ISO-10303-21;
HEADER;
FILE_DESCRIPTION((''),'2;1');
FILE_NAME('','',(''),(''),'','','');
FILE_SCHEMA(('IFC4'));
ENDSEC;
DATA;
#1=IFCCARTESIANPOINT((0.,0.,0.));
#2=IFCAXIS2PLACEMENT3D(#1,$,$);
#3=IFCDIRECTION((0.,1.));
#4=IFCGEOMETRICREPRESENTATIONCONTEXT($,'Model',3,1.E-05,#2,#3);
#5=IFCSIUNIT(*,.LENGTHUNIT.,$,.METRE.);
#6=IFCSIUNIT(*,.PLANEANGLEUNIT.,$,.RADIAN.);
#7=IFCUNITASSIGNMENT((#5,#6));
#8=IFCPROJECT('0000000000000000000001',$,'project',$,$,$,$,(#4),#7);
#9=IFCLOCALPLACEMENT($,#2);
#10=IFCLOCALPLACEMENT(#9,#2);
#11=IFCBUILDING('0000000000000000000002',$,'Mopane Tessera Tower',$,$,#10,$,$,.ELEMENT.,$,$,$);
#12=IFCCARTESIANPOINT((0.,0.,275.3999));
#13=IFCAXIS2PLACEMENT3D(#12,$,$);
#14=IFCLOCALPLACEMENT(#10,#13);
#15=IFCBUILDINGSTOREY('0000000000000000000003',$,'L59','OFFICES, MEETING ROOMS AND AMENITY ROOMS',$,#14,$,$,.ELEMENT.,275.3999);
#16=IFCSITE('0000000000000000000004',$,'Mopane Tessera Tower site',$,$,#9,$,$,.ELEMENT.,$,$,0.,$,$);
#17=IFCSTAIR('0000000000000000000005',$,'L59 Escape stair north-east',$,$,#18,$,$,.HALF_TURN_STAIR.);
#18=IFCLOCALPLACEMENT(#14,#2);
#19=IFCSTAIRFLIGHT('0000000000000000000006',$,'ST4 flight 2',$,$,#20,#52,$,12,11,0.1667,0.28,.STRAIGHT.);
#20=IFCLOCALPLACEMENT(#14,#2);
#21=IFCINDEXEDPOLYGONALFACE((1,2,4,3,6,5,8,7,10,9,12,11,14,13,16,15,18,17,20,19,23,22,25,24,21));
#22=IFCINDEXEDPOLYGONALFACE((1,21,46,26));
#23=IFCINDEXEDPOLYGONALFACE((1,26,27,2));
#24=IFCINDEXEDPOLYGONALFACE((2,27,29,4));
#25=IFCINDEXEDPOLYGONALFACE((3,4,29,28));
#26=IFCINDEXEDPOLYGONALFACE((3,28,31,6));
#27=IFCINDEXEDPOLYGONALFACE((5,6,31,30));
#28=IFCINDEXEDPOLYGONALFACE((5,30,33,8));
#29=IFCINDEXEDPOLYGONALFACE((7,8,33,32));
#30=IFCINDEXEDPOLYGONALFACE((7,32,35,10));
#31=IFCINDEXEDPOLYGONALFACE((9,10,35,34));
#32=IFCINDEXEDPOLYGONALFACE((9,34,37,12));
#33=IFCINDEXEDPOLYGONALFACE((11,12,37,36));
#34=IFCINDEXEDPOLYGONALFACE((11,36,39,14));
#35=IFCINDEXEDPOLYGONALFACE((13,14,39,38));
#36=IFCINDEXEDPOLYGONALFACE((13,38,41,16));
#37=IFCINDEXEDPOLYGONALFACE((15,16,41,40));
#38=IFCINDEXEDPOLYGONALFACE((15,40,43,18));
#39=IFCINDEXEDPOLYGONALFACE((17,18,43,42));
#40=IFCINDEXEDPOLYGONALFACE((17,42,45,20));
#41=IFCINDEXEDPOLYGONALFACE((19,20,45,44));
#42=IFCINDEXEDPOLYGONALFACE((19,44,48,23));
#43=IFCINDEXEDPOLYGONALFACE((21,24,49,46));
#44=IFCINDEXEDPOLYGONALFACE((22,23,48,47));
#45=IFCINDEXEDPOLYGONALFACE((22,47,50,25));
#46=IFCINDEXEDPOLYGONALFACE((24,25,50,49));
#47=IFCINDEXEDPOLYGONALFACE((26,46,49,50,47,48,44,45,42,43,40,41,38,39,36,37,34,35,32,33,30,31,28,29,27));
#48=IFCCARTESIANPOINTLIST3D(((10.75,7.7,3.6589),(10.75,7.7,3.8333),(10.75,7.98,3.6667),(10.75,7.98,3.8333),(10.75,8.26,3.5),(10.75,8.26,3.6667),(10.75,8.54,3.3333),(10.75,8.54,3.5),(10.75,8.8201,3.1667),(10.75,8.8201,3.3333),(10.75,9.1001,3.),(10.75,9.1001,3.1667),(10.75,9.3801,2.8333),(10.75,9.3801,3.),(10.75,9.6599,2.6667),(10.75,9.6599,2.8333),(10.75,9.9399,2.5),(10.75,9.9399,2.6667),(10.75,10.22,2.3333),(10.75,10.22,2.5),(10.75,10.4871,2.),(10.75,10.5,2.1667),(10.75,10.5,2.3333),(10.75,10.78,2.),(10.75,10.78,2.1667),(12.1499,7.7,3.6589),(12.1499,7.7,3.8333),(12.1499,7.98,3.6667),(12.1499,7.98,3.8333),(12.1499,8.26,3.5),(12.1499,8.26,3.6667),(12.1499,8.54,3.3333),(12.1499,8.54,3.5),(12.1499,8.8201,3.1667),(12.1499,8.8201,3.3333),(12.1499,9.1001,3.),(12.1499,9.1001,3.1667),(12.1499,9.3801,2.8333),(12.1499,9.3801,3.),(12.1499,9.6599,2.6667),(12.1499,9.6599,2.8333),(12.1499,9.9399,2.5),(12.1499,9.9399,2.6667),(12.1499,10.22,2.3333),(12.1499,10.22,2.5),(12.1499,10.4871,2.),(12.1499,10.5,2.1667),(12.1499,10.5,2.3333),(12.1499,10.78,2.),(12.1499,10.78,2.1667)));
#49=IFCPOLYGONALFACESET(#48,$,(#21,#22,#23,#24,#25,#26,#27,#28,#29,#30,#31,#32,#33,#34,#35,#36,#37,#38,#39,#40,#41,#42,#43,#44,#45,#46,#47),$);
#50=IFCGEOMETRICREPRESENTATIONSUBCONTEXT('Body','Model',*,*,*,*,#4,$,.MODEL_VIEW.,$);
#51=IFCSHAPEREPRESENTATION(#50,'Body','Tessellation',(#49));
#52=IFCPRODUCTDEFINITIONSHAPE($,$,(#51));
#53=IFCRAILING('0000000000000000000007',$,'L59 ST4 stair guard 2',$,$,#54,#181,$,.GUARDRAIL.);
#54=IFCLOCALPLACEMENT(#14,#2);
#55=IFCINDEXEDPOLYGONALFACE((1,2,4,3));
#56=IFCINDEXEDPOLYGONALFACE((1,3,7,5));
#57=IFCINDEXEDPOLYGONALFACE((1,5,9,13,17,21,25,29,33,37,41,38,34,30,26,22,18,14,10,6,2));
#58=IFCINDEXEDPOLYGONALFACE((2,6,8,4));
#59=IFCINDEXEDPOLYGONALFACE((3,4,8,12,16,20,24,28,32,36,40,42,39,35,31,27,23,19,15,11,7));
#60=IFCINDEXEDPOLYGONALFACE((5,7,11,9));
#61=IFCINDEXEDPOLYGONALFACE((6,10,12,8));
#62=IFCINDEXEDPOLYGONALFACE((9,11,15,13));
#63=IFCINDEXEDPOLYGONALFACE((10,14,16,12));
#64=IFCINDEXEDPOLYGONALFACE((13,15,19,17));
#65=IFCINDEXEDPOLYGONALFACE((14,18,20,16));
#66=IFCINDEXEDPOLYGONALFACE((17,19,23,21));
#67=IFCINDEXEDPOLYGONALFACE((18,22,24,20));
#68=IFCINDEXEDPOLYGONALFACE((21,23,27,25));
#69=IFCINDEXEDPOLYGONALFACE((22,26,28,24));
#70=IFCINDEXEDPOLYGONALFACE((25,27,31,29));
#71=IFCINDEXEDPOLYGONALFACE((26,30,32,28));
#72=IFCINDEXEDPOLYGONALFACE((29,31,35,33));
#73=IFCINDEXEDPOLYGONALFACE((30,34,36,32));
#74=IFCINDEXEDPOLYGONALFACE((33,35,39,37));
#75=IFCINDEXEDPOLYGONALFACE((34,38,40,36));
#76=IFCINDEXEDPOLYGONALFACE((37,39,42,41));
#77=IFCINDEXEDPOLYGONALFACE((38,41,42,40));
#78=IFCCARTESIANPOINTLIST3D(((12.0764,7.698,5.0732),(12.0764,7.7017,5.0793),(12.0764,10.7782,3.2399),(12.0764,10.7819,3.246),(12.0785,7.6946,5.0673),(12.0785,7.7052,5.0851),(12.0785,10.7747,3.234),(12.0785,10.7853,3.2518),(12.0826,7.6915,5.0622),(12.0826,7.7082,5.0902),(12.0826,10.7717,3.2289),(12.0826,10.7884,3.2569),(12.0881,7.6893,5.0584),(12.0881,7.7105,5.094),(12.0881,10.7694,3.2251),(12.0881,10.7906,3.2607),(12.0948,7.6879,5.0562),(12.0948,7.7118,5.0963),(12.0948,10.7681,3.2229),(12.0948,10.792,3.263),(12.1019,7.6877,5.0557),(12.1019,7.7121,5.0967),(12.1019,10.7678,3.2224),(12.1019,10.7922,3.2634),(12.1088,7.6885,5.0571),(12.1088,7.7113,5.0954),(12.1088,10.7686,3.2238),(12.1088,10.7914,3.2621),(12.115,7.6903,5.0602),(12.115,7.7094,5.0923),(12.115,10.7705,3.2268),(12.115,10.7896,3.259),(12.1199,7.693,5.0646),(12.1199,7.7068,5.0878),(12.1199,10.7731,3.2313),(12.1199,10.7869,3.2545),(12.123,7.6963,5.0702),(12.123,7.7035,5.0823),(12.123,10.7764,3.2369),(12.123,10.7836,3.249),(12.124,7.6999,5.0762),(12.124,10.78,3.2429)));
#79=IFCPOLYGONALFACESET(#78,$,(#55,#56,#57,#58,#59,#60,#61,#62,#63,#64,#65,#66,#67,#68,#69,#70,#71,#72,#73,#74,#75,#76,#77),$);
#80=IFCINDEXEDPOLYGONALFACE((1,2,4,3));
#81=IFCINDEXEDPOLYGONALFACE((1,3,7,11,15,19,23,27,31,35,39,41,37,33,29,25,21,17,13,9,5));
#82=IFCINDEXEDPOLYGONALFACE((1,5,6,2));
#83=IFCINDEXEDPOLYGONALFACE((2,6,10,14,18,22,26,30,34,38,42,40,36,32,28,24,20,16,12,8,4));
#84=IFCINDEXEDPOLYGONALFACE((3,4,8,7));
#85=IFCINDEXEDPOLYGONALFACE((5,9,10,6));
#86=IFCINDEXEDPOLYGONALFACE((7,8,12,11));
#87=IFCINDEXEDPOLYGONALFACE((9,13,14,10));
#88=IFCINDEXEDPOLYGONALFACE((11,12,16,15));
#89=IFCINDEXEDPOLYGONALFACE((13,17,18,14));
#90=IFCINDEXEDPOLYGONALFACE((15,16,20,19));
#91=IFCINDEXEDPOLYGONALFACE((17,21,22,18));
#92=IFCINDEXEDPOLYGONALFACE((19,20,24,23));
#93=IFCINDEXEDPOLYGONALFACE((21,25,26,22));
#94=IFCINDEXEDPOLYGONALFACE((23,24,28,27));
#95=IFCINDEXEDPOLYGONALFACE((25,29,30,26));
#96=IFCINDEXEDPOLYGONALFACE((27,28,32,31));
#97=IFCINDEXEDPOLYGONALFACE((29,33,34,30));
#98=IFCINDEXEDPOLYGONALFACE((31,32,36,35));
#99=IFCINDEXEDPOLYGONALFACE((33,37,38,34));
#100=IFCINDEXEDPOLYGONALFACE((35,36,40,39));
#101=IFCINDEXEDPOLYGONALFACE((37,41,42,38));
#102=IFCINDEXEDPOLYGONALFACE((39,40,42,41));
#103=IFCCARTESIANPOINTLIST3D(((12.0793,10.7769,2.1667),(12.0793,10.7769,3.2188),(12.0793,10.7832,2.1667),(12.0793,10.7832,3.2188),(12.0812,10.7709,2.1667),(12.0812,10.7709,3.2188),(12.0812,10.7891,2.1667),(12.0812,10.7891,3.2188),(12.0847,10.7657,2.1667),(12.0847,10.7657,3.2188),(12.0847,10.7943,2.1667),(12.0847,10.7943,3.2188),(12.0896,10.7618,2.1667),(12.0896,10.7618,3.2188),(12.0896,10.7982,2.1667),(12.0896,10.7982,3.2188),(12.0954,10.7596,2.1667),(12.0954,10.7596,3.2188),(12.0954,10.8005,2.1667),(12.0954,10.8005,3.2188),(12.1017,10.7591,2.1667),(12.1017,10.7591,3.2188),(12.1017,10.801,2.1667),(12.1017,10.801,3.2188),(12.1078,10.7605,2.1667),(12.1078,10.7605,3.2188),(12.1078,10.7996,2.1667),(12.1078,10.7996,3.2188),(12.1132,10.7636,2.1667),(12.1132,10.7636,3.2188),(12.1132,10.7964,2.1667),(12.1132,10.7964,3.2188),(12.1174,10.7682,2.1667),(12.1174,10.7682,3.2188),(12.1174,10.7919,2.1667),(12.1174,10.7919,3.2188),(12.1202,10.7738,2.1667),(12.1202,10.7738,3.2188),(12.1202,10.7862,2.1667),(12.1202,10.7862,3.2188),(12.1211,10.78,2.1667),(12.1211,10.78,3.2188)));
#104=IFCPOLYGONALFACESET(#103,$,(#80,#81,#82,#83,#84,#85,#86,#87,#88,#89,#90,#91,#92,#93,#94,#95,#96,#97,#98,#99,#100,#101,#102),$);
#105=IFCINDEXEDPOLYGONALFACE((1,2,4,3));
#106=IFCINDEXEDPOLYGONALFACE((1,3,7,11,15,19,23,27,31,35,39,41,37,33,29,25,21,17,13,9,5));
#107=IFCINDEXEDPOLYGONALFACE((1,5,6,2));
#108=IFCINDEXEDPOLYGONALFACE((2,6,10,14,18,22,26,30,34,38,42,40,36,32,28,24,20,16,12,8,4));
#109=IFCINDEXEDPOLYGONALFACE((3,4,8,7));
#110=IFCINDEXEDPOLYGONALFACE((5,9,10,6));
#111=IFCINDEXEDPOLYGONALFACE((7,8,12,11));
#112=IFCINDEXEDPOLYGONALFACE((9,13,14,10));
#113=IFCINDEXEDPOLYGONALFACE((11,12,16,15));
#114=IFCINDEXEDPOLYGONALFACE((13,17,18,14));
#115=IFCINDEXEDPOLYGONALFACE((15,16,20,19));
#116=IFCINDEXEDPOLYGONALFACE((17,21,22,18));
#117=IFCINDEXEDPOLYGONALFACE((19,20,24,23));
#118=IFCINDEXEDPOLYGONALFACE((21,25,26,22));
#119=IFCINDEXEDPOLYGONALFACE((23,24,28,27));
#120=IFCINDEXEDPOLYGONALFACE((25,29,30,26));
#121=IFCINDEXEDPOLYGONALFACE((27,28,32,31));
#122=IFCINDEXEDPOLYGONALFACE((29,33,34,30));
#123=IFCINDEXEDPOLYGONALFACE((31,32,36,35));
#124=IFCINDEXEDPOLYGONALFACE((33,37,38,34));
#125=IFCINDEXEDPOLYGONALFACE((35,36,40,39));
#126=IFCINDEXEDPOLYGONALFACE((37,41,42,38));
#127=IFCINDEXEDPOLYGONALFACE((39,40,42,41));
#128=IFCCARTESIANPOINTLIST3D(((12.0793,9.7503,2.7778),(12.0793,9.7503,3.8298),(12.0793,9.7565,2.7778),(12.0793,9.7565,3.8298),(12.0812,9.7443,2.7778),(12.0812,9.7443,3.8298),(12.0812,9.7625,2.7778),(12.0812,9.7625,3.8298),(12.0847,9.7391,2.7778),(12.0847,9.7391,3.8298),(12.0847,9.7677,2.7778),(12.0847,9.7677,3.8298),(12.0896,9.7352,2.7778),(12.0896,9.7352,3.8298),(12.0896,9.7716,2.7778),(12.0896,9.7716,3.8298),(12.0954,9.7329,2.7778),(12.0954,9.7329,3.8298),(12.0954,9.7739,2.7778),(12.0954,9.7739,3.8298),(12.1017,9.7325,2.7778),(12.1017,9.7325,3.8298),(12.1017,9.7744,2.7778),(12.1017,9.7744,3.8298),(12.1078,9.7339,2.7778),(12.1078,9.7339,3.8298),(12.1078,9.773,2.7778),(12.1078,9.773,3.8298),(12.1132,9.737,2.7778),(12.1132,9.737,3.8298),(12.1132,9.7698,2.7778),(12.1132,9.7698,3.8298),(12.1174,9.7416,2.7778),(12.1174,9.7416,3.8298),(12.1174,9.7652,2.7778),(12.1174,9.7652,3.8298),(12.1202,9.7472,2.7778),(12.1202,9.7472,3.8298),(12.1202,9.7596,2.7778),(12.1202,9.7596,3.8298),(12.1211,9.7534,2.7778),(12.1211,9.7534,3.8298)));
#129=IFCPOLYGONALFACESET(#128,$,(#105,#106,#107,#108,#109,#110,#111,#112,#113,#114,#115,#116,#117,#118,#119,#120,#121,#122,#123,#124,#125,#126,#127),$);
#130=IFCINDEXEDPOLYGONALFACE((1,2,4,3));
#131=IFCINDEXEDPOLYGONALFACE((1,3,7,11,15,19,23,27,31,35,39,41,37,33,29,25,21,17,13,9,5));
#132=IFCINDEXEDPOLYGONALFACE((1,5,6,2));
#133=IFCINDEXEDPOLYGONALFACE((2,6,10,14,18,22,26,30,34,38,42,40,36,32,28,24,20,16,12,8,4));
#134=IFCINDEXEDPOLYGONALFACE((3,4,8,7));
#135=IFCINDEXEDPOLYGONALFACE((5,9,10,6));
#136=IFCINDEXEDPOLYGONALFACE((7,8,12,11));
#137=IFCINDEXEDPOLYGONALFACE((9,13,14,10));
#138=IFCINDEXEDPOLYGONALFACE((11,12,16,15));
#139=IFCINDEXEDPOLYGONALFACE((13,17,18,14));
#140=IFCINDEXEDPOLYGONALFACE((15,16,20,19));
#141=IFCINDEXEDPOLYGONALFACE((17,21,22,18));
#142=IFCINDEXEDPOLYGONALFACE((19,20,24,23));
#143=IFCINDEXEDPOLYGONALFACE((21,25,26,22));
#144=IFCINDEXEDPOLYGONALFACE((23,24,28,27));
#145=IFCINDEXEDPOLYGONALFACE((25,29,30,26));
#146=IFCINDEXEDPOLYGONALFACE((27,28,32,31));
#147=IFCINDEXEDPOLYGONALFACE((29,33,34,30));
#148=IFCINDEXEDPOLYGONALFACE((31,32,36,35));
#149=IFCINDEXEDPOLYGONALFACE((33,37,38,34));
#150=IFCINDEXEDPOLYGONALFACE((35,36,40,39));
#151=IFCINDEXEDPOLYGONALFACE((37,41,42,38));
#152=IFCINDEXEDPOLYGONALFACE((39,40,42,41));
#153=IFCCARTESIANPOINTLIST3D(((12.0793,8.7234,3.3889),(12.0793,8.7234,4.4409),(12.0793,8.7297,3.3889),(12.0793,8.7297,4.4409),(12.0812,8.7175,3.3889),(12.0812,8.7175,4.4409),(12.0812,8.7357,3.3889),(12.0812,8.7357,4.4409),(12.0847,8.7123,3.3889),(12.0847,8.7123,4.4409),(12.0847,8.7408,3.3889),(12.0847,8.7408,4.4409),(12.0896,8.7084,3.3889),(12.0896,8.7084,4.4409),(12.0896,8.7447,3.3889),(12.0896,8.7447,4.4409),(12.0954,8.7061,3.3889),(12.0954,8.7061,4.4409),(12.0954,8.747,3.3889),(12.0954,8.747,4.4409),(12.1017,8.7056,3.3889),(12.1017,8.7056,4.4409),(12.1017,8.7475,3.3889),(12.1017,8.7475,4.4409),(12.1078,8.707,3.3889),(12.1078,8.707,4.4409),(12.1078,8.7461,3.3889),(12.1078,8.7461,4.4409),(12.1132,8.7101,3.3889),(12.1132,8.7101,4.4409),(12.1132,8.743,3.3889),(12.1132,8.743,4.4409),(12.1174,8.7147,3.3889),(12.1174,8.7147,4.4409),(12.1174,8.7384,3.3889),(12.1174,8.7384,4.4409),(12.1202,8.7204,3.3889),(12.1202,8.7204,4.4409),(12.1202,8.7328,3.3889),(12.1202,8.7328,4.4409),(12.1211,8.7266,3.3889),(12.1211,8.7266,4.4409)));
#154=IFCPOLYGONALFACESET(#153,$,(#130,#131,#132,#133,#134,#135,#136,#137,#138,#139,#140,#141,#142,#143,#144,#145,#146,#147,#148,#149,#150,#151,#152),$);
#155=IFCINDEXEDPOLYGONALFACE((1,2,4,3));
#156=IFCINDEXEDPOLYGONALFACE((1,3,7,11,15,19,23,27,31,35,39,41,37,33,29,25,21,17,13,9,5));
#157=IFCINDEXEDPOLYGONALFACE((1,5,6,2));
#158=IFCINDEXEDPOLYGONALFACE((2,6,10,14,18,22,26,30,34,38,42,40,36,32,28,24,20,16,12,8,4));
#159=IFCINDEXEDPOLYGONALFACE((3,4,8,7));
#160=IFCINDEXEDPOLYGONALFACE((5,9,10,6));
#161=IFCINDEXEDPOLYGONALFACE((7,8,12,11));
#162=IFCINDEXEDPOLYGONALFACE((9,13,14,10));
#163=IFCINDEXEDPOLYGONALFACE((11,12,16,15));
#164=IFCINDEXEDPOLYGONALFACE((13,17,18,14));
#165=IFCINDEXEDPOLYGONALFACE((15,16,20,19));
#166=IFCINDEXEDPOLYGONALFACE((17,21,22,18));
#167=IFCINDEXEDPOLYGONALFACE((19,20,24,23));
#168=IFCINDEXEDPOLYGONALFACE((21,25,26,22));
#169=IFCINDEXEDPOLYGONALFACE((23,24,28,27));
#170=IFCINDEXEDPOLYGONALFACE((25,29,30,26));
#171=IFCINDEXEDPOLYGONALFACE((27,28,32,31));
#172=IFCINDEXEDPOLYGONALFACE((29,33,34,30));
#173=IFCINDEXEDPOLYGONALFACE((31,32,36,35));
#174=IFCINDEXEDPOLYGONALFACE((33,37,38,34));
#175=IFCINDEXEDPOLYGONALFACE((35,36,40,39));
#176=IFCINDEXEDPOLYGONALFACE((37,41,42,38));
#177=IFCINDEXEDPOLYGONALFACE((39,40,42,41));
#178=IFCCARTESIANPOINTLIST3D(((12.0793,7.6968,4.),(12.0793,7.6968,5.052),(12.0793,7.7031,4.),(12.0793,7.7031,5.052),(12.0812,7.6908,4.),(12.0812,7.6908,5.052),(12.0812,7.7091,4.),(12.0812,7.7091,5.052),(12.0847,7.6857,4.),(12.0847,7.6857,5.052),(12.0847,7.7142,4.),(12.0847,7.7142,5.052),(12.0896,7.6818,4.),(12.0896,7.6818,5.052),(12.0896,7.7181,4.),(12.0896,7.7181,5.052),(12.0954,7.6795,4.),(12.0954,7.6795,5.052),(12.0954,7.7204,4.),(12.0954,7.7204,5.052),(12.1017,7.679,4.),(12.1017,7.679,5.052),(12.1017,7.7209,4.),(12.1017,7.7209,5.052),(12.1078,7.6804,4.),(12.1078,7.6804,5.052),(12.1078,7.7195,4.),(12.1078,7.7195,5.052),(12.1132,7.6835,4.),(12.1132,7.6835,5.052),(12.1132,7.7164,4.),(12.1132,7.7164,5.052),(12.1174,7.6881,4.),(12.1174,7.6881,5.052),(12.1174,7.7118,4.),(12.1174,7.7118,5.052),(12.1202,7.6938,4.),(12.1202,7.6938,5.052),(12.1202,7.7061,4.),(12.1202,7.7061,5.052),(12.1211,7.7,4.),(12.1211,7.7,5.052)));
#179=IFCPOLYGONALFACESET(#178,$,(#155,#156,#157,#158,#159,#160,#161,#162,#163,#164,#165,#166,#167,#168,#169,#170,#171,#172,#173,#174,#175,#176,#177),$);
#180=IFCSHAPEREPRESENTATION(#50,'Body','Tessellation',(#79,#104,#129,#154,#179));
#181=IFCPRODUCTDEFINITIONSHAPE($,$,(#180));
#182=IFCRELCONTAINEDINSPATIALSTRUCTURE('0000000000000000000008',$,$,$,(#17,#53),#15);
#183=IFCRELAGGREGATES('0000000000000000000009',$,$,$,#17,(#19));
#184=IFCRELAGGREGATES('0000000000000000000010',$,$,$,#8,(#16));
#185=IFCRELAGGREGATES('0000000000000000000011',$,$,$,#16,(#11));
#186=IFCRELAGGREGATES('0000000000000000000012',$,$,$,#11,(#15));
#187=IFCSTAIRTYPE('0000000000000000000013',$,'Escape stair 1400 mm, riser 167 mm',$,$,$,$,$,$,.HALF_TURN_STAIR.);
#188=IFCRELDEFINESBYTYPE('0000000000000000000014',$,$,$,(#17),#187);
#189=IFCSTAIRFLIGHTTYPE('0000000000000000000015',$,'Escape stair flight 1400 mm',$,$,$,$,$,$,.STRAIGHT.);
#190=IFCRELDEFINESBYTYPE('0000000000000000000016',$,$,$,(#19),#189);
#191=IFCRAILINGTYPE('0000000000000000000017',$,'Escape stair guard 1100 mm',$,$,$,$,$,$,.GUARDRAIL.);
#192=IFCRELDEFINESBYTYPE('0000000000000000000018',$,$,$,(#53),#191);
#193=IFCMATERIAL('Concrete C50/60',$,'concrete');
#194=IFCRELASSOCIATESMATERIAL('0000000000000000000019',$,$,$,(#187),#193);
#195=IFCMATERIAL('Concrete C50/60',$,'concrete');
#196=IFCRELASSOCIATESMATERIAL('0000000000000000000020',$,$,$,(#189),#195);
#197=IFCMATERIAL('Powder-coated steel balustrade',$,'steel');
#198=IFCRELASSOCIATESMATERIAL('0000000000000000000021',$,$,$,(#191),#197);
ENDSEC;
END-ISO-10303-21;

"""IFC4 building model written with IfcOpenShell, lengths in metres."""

from ifc_helpers import new_model, si_unit, direction, frame, origin, origin_2d, place, context, subcontext, project, spatial, polyline, circle, outline, extrude, material, type_object, element, aggregate, save


model = new_model("IFC4")

# Units and contexts
model_context = context("Model", 3, precision=1e-05, world=origin(), true_north=direction((0.0, 1.0)))
body_context = subcontext(model_context, "Body", "Model", "MODEL_VIEW")
ifc_project = project(units=[si_unit("LENGTHUNIT", "METRE"), si_unit("PLANEANGLEUNIT", "RADIAN")], contexts=[model_context])

# Site, building, storey
site_placement = place(None, origin())
site = spatial("IfcSite", under=ifc_project, at=site_placement, Name="Mopane Tessera Tower site", CompositionType="ELEMENT", RefElevation=0.0)
building_placement = place(site_placement, origin())
building = spatial("IfcBuilding", under=site, at=building_placement, Name="Mopane Tessera Tower", CompositionType="ELEMENT")
storey_placement = place(building_placement, frame((0.0, 0.0, 275.3999)))
storey = spatial("IfcBuildingStorey", under=building, at=storey_placement, Name="L59", Description="OFFICES, MEETING ROOMS AND AMENITY ROOMS", CompositionType="ELEMENT", Elevation=275.3999)

# Stair, stair flight
ifc_material_1 = material(Name="Concrete C50/60", Category="concrete")
stair_type = type_object("IfcStairType", Name="Escape stair 1400 mm, riser 167 mm", PredefinedType="HALF_TURN_STAIR", material=ifc_material_1)
stair_placement = place(storey_placement, origin())
stair = element("IfcStair", 1, at=stair_placement, inside=storey, type_object=stair_type, Name="L59 Escape stair north-east", PredefinedType="HALF_TURN_STAIR")
ifc_material_2 = material(Name="Concrete C50/60", Category="concrete")
stair_flight_type = type_object("IfcStairFlightType", Name="Escape stair flight 1400 mm", PredefinedType="STRAIGHT", material=ifc_material_2)
stair_flight_placement = place(storey_placement, frame((11.45, 10.78, 2.0), z_axis=(0.0, 0.0, 1.0), x_axis=(0.0, -1.0, 0.0)))
stair_flight = element("IfcStairFlight", 2, at=stair_flight_placement, type_object=stair_flight_type, Name="ST4 flight 2", NumberOfRisers=12, NumberOfTreads=11, PredefinedType="STRAIGHT", RiserHeight=0.1667, TreadLength=0.28, context=body_context, shape_type="SweptSolid", body=[
    extrude(outline(polyline([(0.0, 0.0), (0.0, 0.1667), (0.28, 0.1667), (0.28, 0.3333), (0.5601, 0.3333), (0.5601, 0.5), (0.8401, 0.5), (0.8401, 0.6667), (1.1201, 0.6667), (1.1201, 0.8333), (1.3999, 0.8333), (1.3999, 1.0), (1.6799, 1.0), (1.6799, 1.1667), (1.96, 1.1667), (1.96, 1.3333), (2.24, 1.3333), (2.24, 1.5), (2.52, 1.5), (2.52, 1.6667), (2.8, 1.6667), (2.8, 1.8333), (3.0801, 1.8333), (3.0801, 2.0), (3.0801, 1.6589), (0.293, 0.0), (0.0, 0.0)])), frame((0.0, 0.7, 0.0), z_axis=(0.0, -1.0, 0.0), x_axis=(1.0, 0.0, 0.0)), (0.0, 0.0, 1.0), 1.3999),
])
aggregate(stair, [stair_flight])

# Railing
ifc_material_3 = material(Name="Powder-coated steel balustrade", Category="steel")
railing_type_1 = type_object("IfcRailingType", Name="Escape stair guard 1100 mm", PredefinedType="GUARDRAIL", material=ifc_material_3)
railing_1_placement = place(storey_placement, frame((12.1001, 10.78, 2.1667)))
element("IfcRailing", 3, at=railing_1_placement, inside=storey, type_object=railing_type_1, Name="L59 ST4 stair guard 2", PredefinedType="GUARDRAIL", context=body_context, shape_type="SweptSolid", body=[
    extrude(circle(Radius=0.0239, at=origin_2d()), frame((0.0, 0.0, 1.0762), z_axis=(0.0, -0.859309, 0.511458), x_axis=(1.0, 0.0, 0.0)), (0.0, 0.0, 1.0), 3.5845),
    extrude(circle(Radius=0.021, at=origin_2d()), origin(), (0.0, 0.0, 1.0), 1.052),
    extrude(circle(Radius=0.021, at=origin_2d()), frame((0.0, -1.0266, 0.6111)), (0.0, 0.0, 1.0), 1.052),
    extrude(circle(Radius=0.021, at=origin_2d()), frame((0.0, -2.0535, 1.2222)), (0.0, 0.0, 1.0), 1.052),
    extrude(circle(Radius=0.021, at=origin_2d()), frame((0.0, -3.0801, 1.8333)), (0.0, 0.0, 1.0), 1.052),
])

save(model, "model.ifc")
